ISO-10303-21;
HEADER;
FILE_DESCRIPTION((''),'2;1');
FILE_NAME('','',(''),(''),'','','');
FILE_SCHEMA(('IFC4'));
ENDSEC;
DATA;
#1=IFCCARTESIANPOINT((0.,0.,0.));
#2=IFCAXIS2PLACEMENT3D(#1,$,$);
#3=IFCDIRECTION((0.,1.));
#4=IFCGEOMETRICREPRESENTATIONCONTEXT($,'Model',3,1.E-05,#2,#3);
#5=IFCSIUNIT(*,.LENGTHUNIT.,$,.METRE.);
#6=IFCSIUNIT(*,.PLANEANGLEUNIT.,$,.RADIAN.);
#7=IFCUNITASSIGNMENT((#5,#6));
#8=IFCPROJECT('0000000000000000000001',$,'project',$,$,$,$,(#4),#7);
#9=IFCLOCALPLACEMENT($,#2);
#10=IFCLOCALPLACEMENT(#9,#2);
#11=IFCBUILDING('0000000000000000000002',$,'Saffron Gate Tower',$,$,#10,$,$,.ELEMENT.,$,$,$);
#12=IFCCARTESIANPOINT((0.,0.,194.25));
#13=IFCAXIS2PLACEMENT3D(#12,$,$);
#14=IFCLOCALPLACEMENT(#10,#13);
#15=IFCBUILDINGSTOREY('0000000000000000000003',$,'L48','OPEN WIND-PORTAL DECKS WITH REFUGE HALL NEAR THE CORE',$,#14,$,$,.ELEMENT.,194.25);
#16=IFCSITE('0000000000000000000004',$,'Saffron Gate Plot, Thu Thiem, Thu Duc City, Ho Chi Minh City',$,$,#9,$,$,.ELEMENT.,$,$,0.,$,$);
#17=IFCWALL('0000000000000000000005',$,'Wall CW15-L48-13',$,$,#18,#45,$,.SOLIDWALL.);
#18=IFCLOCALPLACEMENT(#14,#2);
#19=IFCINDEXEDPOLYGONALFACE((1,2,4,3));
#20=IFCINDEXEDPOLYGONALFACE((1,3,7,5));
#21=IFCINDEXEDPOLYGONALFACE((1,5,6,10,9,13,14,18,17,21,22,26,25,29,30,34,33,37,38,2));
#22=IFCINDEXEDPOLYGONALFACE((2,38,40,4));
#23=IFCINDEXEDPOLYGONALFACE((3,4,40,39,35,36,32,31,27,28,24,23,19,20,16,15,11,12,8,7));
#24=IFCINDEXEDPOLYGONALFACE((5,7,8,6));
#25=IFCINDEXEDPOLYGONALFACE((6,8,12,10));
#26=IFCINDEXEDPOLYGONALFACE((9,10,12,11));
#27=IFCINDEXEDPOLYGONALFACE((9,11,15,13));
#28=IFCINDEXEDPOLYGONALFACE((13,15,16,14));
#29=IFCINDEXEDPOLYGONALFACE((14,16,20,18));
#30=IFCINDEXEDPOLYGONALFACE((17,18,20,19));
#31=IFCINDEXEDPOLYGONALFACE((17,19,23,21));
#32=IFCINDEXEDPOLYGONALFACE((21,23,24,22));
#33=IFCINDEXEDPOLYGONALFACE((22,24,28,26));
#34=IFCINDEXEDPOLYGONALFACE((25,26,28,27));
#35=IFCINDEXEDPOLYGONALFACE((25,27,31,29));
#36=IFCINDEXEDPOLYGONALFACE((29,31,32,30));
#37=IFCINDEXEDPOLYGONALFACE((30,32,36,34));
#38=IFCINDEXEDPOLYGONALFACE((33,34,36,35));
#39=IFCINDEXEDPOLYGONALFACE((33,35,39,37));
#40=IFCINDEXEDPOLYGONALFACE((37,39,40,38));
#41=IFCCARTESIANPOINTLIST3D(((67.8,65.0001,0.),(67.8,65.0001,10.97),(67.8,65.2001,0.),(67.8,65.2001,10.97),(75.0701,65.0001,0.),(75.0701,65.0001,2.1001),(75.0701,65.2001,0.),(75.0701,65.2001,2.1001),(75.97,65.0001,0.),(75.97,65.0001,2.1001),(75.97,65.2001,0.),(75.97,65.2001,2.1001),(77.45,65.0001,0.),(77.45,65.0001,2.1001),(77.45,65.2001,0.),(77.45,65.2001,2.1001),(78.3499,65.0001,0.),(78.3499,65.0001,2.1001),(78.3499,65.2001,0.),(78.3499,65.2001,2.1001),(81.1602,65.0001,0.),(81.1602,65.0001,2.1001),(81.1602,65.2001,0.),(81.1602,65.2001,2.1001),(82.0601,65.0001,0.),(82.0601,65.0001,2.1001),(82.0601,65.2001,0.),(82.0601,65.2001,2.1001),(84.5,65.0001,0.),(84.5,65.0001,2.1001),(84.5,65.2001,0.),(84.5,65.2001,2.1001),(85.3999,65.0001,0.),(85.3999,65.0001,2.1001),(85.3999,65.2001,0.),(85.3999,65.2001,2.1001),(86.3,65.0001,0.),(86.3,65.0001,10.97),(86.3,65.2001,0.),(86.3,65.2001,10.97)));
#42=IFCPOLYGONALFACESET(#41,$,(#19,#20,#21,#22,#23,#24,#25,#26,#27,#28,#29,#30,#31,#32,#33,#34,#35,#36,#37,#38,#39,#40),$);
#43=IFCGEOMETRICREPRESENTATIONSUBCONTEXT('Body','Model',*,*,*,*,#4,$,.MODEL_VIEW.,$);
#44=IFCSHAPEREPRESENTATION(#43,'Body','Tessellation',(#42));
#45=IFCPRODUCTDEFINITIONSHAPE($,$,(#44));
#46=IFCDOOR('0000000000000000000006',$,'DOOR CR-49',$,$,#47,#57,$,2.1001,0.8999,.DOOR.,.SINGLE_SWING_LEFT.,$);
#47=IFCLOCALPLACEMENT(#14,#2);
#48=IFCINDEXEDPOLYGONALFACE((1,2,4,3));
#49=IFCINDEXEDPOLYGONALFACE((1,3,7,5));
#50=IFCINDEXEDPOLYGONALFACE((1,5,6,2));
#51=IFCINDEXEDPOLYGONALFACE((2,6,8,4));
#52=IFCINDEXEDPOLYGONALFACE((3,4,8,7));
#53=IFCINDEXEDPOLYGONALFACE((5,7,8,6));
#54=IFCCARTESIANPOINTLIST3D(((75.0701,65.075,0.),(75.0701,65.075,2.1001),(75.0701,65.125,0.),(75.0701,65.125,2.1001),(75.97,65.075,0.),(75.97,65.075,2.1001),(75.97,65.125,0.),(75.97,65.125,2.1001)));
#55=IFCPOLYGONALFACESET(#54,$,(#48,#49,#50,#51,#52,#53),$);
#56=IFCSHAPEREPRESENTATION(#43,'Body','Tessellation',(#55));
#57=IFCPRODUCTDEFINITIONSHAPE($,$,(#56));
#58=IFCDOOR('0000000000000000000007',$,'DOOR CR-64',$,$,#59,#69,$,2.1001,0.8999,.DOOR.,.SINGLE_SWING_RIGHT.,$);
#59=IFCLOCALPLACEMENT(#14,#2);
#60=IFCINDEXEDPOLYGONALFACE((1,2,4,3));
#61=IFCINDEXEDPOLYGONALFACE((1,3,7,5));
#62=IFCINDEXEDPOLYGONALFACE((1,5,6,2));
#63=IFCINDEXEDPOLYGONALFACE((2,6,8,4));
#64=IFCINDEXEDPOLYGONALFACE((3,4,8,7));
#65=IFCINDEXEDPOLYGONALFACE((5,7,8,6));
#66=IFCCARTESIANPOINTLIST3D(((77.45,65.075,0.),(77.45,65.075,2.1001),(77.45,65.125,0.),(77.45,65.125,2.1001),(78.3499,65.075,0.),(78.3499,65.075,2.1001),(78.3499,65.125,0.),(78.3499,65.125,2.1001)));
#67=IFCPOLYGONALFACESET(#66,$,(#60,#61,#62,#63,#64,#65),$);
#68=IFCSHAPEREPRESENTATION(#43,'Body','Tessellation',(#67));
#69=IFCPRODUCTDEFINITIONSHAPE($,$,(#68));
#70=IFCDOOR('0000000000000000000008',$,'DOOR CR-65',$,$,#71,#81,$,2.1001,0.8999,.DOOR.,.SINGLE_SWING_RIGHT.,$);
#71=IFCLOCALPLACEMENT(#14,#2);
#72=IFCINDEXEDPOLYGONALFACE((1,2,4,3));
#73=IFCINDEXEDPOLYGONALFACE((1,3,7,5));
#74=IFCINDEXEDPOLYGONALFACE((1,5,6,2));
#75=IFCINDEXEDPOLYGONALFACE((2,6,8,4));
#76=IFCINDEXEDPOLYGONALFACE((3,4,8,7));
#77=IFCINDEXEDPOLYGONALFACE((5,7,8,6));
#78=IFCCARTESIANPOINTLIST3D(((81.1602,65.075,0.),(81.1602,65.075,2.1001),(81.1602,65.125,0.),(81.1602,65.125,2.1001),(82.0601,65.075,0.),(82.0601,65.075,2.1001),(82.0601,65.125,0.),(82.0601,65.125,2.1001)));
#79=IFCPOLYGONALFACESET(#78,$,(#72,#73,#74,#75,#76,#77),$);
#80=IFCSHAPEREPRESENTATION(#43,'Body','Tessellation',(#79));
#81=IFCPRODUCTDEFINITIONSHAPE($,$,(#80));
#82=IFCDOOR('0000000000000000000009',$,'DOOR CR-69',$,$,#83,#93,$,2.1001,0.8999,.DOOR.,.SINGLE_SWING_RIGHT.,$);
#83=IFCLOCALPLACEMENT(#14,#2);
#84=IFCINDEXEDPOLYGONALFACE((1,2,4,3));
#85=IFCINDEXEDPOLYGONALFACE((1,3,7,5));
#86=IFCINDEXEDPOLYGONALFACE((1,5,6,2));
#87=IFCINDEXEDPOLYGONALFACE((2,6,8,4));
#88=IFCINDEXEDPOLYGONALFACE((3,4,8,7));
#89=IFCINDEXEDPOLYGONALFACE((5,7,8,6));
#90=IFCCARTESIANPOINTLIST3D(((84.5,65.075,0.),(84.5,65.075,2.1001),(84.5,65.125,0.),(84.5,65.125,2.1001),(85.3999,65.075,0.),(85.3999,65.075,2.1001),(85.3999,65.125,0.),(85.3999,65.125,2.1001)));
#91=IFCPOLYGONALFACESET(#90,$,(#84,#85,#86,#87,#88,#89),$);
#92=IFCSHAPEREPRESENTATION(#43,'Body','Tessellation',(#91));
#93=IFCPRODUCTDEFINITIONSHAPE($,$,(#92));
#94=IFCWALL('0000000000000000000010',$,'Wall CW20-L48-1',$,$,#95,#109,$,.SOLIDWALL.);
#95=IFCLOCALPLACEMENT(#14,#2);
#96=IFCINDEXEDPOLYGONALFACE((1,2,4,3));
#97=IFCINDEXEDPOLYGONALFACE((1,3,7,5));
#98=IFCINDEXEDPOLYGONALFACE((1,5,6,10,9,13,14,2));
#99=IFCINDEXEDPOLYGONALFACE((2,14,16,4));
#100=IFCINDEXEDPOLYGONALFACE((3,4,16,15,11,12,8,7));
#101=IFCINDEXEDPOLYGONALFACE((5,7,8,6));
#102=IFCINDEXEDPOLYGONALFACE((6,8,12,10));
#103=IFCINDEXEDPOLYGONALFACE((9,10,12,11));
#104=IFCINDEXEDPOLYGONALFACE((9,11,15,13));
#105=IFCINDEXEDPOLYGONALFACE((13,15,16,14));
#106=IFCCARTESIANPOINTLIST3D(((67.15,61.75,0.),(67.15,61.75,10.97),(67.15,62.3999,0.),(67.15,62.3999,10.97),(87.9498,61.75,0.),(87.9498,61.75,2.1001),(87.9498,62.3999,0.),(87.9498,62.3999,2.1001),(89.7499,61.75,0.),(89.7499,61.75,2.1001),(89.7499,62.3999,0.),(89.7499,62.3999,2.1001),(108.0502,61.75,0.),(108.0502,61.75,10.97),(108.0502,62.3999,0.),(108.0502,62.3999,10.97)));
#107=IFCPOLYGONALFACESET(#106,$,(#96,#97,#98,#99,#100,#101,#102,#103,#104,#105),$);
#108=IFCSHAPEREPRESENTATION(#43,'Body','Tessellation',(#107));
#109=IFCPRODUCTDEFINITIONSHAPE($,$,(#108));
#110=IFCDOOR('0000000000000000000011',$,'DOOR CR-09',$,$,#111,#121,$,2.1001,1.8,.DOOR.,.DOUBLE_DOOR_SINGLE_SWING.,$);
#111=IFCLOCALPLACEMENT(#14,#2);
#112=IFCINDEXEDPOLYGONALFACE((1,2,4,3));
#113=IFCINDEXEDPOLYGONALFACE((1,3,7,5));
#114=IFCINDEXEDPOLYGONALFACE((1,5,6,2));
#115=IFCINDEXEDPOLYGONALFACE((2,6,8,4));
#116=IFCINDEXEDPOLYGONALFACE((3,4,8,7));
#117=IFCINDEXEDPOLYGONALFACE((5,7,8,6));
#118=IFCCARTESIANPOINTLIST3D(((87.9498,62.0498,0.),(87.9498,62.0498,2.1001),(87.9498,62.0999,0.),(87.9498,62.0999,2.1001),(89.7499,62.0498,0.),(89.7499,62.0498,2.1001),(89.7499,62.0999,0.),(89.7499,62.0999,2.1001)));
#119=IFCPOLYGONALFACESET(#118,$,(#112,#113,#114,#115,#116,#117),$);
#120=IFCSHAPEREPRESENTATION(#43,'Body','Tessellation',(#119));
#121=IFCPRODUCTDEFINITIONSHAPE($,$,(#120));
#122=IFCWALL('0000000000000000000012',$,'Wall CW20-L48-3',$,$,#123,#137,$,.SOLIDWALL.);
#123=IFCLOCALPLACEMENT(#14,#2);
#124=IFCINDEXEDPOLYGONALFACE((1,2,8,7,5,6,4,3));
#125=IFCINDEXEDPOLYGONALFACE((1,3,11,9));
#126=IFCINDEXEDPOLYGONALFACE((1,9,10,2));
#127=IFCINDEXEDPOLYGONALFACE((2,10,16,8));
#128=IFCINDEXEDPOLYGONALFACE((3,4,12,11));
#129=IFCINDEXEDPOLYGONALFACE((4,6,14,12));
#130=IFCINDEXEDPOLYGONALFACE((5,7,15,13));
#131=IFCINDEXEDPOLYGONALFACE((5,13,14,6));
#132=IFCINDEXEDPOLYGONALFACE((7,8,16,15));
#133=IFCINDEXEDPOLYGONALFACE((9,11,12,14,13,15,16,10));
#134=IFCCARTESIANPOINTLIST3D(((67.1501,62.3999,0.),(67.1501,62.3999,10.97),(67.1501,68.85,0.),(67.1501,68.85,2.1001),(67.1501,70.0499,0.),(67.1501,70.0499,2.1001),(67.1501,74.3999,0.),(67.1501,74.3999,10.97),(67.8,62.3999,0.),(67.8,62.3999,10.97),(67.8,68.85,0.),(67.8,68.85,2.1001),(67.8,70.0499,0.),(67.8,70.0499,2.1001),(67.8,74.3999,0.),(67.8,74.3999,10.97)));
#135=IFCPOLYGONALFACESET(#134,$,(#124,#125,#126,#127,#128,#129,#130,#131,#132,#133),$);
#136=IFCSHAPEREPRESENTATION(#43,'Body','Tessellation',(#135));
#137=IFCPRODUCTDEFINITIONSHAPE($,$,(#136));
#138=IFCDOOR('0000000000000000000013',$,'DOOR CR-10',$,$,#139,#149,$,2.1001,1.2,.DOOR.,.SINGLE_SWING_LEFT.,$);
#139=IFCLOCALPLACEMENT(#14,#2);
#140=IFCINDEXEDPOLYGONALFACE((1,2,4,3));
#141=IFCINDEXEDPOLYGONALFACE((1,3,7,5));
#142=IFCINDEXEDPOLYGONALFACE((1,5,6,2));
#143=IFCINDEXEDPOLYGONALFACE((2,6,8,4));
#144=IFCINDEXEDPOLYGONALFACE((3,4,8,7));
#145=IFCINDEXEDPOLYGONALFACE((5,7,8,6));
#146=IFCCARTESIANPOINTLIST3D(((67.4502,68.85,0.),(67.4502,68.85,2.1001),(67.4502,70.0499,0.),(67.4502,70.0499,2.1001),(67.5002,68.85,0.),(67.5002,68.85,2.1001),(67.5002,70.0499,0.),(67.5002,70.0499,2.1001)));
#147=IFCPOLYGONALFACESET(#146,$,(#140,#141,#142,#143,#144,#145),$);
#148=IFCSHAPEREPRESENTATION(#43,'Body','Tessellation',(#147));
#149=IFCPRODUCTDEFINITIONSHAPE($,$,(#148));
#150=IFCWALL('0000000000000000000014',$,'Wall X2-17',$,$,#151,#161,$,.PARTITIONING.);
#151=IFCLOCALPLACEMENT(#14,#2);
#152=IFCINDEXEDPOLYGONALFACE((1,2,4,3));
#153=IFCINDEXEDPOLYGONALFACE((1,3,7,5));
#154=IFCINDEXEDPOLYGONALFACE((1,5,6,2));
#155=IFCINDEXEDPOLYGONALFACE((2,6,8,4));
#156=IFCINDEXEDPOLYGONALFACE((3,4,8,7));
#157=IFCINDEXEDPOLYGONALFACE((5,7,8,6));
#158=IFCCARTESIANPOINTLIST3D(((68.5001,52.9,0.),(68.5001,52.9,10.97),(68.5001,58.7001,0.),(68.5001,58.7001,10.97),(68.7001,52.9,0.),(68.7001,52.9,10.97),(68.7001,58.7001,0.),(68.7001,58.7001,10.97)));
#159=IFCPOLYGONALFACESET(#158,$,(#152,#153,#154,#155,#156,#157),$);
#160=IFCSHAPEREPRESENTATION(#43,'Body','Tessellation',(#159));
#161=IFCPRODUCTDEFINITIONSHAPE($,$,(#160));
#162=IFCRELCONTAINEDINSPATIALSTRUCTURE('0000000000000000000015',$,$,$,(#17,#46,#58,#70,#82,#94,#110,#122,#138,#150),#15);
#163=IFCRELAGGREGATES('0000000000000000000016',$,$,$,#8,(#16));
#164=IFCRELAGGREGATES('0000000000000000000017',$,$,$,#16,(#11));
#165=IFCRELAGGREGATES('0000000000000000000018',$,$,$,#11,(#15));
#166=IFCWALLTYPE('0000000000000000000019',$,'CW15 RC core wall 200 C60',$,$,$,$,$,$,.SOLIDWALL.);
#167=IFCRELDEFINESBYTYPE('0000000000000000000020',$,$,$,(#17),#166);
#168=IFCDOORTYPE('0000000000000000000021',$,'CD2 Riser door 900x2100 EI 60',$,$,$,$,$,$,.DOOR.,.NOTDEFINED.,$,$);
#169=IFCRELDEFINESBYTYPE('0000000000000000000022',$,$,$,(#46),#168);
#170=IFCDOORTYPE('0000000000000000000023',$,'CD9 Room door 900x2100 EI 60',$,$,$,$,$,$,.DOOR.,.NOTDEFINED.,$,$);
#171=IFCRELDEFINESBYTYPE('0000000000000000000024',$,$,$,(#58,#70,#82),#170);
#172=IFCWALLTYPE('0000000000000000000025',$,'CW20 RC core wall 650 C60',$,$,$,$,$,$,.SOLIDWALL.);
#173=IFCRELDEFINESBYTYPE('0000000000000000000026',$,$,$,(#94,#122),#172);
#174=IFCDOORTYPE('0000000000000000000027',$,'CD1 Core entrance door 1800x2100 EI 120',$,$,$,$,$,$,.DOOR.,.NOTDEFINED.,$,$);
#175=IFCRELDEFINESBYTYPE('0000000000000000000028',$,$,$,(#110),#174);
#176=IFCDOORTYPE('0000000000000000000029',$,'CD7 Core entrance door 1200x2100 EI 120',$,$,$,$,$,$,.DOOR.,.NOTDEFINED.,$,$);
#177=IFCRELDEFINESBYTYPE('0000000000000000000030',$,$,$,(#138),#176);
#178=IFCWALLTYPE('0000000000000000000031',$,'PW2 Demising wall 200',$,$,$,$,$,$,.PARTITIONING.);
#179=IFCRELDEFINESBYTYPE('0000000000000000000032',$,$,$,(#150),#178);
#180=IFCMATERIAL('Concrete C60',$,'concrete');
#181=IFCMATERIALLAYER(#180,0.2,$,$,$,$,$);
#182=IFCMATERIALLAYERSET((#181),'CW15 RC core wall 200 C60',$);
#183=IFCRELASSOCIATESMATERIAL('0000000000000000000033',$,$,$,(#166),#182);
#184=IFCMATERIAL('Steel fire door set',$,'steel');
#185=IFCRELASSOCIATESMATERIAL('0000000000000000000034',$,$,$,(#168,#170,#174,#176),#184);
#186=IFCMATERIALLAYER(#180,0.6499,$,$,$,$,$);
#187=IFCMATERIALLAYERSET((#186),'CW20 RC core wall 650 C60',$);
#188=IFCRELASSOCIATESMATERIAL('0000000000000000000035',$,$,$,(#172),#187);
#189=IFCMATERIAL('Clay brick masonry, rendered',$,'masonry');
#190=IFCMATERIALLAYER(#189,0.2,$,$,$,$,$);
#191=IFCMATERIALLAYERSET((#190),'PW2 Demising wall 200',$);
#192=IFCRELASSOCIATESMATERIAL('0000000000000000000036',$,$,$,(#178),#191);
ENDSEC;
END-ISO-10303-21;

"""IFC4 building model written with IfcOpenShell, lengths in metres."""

from ifc_helpers import new_model, si_unit, direction, frame, frame_2d, origin, place, context, subcontext, project, spatial, rectangle, extrude, material, layer, layer_set, type_object, element, fill, save


model = new_model("IFC4")

# Units and contexts
model_context = context("Model", 3, precision=1e-05, world=origin(), true_north=direction((0.0, 1.0)))
body_context = subcontext(model_context, "Body", "Model", "MODEL_VIEW")
ifc_project = project(units=[si_unit("LENGTHUNIT", "METRE"), si_unit("PLANEANGLEUNIT", "RADIAN")], contexts=[model_context])

# Site, building, storey
site_placement = place(None, origin())
site = spatial("IfcSite", under=ifc_project, at=site_placement, Name="Saffron Gate Plot, Thu Thiem, Thu Duc City, Ho Chi Minh City", CompositionType="ELEMENT", RefElevation=0.0)
building_placement = place(site_placement, origin())
building = spatial("IfcBuilding", under=site, at=building_placement, Name="Saffron Gate Tower", CompositionType="ELEMENT")
storey_placement = place(building_placement, frame((0.0, 0.0, 194.25)))
storey = spatial("IfcBuildingStorey", under=building, at=storey_placement, Name="L48", Description="OPEN WIND-PORTAL DECKS WITH REFUGE HALL NEAR THE CORE", CompositionType="ELEMENT", Elevation=194.25)

# Wall, openings, doors
ifc_material_1 = material(Name="Concrete C60", Category="concrete")
ifc_layer_1 = layer(ifc_material_1, 0.2)
ifc_layer_set_1 = layer_set([ifc_layer_1], Name="CW15 RC core wall 200 C60")
wall_type_1 = type_object("IfcWallType", Name="CW15 RC core wall 200 C60", PredefinedType="SOLIDWALL", material=ifc_layer_set_1)
wall_1_placement = place(storey_placement, frame((67.8, 65.1001, 0.0), z_axis=(0.0, 0.0, 1.0), x_axis=(1.0, 0.0, 0.0)))
wall_1 = element("IfcWall", 1, at=wall_1_placement, inside=storey, type_object=wall_type_1, Name="Wall CW15-L48-13", PredefinedType="SOLIDWALL", context=body_context, shape_type="SweptSolid", body=[
    extrude(rectangle(XDim=18.5, YDim=0.2, at=frame_2d((9.25, 0.0))), origin(), (0.0, 0.0, 1.0), 10.97),
])
opening_1_placement = place(wall_1_placement, frame((7.27, 0.0, 0.0)))
opening_1 = element("IfcOpeningElement", 2, at=opening_1_placement, cuts=wall_1, PredefinedType="OPENING", context=body_context, shape_type="SweptSolid", body=[
    extrude(rectangle(XDim=0.8999, YDim=2.1001, at=frame_2d((0.45, 1.05))), frame((0.0, 0.1099, 0.0), z_axis=(0.0, -1.0, 0.0), x_axis=(1.0, 0.0, 0.0)), (0.0, 0.0, 1.0), 0.22),
])
opening_2_placement = place(wall_1_placement, frame((9.6499, 0.0, 0.0)))
opening_2 = element("IfcOpeningElement", 3, at=opening_2_placement, cuts=wall_1, PredefinedType="OPENING", context=body_context, shape_type="SweptSolid", body=[
    extrude(rectangle(XDim=0.8999, YDim=2.1001, at=frame_2d((0.45, 1.05))), frame((0.0, 0.1099, 0.0), z_axis=(0.0, -1.0, 0.0), x_axis=(1.0, 0.0, 0.0)), (0.0, 0.0, 1.0), 0.22),
])
opening_3_placement = place(wall_1_placement, frame((13.3601, 0.0, 0.0)))
opening_3 = element("IfcOpeningElement", 4, at=opening_3_placement, cuts=wall_1, PredefinedType="OPENING", context=body_context, shape_type="SweptSolid", body=[
    extrude(rectangle(XDim=0.8999, YDim=2.1001, at=frame_2d((0.45, 1.05))), frame((0.0, 0.1099, 0.0), z_axis=(0.0, -1.0, 0.0), x_axis=(1.0, 0.0, 0.0)), (0.0, 0.0, 1.0), 0.22),
])
opening_4_placement = place(wall_1_placement, frame((16.7, 0.0, 0.0)))
opening_4 = element("IfcOpeningElement", 5, at=opening_4_placement, cuts=wall_1, PredefinedType="OPENING", context=body_context, shape_type="SweptSolid", body=[
    extrude(rectangle(XDim=0.8999, YDim=2.1001, at=frame_2d((0.45, 1.05))), frame((0.0, 0.1099, 0.0), z_axis=(0.0, -1.0, 0.0), x_axis=(1.0, 0.0, 0.0)), (0.0, 0.0, 1.0), 0.22),
])
ifc_material_2 = material(Name="Steel fire door set", Category="steel")
door_type_1 = type_object("IfcDoorType", Name="CD2 Riser door 900x2100 EI 60", OperationType="NOTDEFINED", PredefinedType="DOOR", material=ifc_material_2)
door_1_placement = place(opening_1_placement, origin())
door_1 = element("IfcDoor", 6, at=door_1_placement, inside=storey, type_object=door_type_1, Name="DOOR CR-49", OperationType="SINGLE_SWING_LEFT", OverallHeight=2.1001, OverallWidth=0.8999, PredefinedType="DOOR", context=body_context, shape_type="SweptSolid", body=[
    extrude(rectangle(XDim=0.8999, YDim=2.1001, at=frame_2d((0.45, 1.05))), frame((0.0, 0.0249, 0.0), z_axis=(0.0, -1.0, 0.0), x_axis=(1.0, 0.0, 0.0)), (0.0, 0.0, 1.0), 0.05),
])
fill(opening_1, door_1)
door_type_2 = type_object("IfcDoorType", Name="CD9 Room door 900x2100 EI 60", OperationType="NOTDEFINED", PredefinedType="DOOR", material=ifc_material_2)
door_2_placement = place(opening_2_placement, origin())
door_2 = element("IfcDoor", 7, at=door_2_placement, inside=storey, type_object=door_type_2, Name="DOOR CR-64", OperationType="SINGLE_SWING_RIGHT", OverallHeight=2.1001, OverallWidth=0.8999, PredefinedType="DOOR", context=body_context, shape_type="SweptSolid", body=[
    extrude(rectangle(XDim=0.8999, YDim=2.1001, at=frame_2d((0.45, 1.05))), frame((0.0, 0.0249, 0.0), z_axis=(0.0, -1.0, 0.0), x_axis=(1.0, 0.0, 0.0)), (0.0, 0.0, 1.0), 0.05),
])
fill(opening_2, door_2)
door_3_placement = place(opening_3_placement, origin())
door_3 = element("IfcDoor", 8, at=door_3_placement, inside=storey, type_object=door_type_2, Name="DOOR CR-65", OperationType="SINGLE_SWING_RIGHT", OverallHeight=2.1001, OverallWidth=0.8999, PredefinedType="DOOR", context=body_context, shape_type="SweptSolid", body=[
    extrude(rectangle(XDim=0.8999, YDim=2.1001, at=frame_2d((0.45, 1.05))), frame((0.0, 0.0249, 0.0), z_axis=(0.0, -1.0, 0.0), x_axis=(1.0, 0.0, 0.0)), (0.0, 0.0, 1.0), 0.05),
])
fill(opening_3, door_3)
door_4_placement = place(opening_4_placement, origin())
door_4 = element("IfcDoor", 9, at=door_4_placement, inside=storey, type_object=door_type_2, Name="DOOR CR-69", OperationType="SINGLE_SWING_RIGHT", OverallHeight=2.1001, OverallWidth=0.8999, PredefinedType="DOOR", context=body_context, shape_type="SweptSolid", body=[
    extrude(rectangle(XDim=0.8999, YDim=2.1001, at=frame_2d((0.45, 1.05))), frame((0.0, 0.0249, 0.0), z_axis=(0.0, -1.0, 0.0), x_axis=(1.0, 0.0, 0.0)), (0.0, 0.0, 1.0), 0.05),
])
fill(opening_4, door_4)

# Walls, openings, doors
ifc_layer_2 = layer(ifc_material_1, 0.6499)
ifc_layer_set_2 = layer_set([ifc_layer_2], Name="CW20 RC core wall 650 C60")
wall_type_2 = type_object("IfcWallType", Name="CW20 RC core wall 650 C60", PredefinedType="SOLIDWALL", material=ifc_layer_set_2)
wall_2_placement = place(storey_placement, frame((67.1499, 62.075, 0.0), z_axis=(0.0, 0.0, 1.0), x_axis=(1.0, 0.0, 0.0)))
wall_2 = element("IfcWall", 10, at=wall_2_placement, inside=storey, type_object=wall_type_2, Name="Wall CW20-L48-1", PredefinedType="SOLIDWALL", context=body_context, shape_type="SweptSolid", body=[
    extrude(rectangle(XDim=40.9001, YDim=0.6499, at=frame_2d((20.4502, 0.0))), origin(), (0.0, 0.0, 1.0), 10.97),
])
opening_5_placement = place(wall_2_placement, frame((20.8, 0.0, 0.0)))
opening_5 = element("IfcOpeningElement", 11, at=opening_5_placement, cuts=wall_2, PredefinedType="OPENING", context=body_context, shape_type="SweptSolid", body=[
    extrude(rectangle(XDim=1.8, YDim=2.1001, at=frame_2d((0.8999, 1.05))), frame((0.0, 0.335, 0.0), z_axis=(0.0, -1.0, 0.0), x_axis=(1.0, 0.0, 0.0)), (0.0, 0.0, 1.0), 0.6699),
])
door_type_3 = type_object("IfcDoorType", Name="CD1 Core entrance door 1800x2100 EI 120", OperationType="NOTDEFINED", PredefinedType="DOOR", material=ifc_material_2)
door_5_placement = place(opening_5_placement, origin())
door_5 = element("IfcDoor", 12, at=door_5_placement, inside=storey, type_object=door_type_3, Name="DOOR CR-09", OperationType="DOUBLE_DOOR_SINGLE_SWING", OverallHeight=2.1001, OverallWidth=1.8, PredefinedType="DOOR", context=body_context, shape_type="SweptSolid", body=[
    extrude(rectangle(XDim=1.8, YDim=2.1001, at=frame_2d((0.8999, 1.05))), frame((0.0, 0.0249, 0.0), z_axis=(0.0, -1.0, 0.0), x_axis=(1.0, 0.0, 0.0)), (0.0, 0.0, 1.0), 0.05),
])
fill(opening_5, door_5)
wall_3_placement = place(storey_placement, frame((67.4751, 62.3999, 0.0), z_axis=(0.0, 0.0, 1.0), x_axis=(0.0, 1.0, 0.0)))
wall_3 = element("IfcWall", 13, at=wall_3_placement, inside=storey, type_object=wall_type_2, Name="Wall CW20-L48-3", PredefinedType="SOLIDWALL", context=body_context, shape_type="SweptSolid", body=[
    extrude(rectangle(XDim=12.0, YDim=0.6499, at=frame_2d((6.0, 0.0))), origin(), (0.0, 0.0, 1.0), 10.97),
])
opening_6_placement = place(wall_3_placement, frame((6.45, 0.0, 0.0)))
opening_6 = element("IfcOpeningElement", 14, at=opening_6_placement, cuts=wall_3, PredefinedType="OPENING", context=body_context, shape_type="SweptSolid", body=[
    extrude(rectangle(XDim=1.2, YDim=2.1001, at=frame_2d((0.6001, 1.05))), frame((0.0, 0.335, 0.0), z_axis=(0.0, -1.0, 0.0), x_axis=(1.0, 0.0, 0.0)), (0.0, 0.0, 1.0), 0.6699),
])
door_type_4 = type_object("IfcDoorType", Name="CD7 Core entrance door 1200x2100 EI 120", OperationType="NOTDEFINED", PredefinedType="DOOR", material=ifc_material_2)
door_6_placement = place(opening_6_placement, origin())
door_6 = element("IfcDoor", 15, at=door_6_placement, inside=storey, type_object=door_type_4, Name="DOOR CR-10", OperationType="SINGLE_SWING_LEFT", OverallHeight=2.1001, OverallWidth=1.2, PredefinedType="DOOR", context=body_context, shape_type="SweptSolid", body=[
    extrude(rectangle(XDim=1.2, YDim=2.1001, at=frame_2d((0.6001, 1.05))), frame((0.0, 0.0249, 0.0), z_axis=(0.0, -1.0, 0.0), x_axis=(1.0, 0.0, 0.0)), (0.0, 0.0, 1.0), 0.05),
])
fill(opening_6, door_6)

# Wall
ifc_material_3 = material(Name="Clay brick masonry, rendered", Category="masonry")
ifc_layer_3 = layer(ifc_material_3, 0.2)
ifc_layer_set_3 = layer_set([ifc_layer_3], Name="PW2 Demising wall 200")
wall_type_3 = type_object("IfcWallType", Name="PW2 Demising wall 200", PredefinedType="PARTITIONING", material=ifc_layer_set_3)
wall_4_placement = place(storey_placement, frame((68.6001, 58.7, 0.0), z_axis=(0.0, 0.0, 1.0), x_axis=(0.0, -1.0, 0.0)))
element("IfcWall", 16, at=wall_4_placement, inside=storey, type_object=wall_type_3, Name="Wall X2-17", PredefinedType="PARTITIONING", context=body_context, shape_type="SweptSolid", body=[
    extrude(rectangle(XDim=5.8, YDim=0.2, at=frame_2d((2.8999, 0.0))), origin(), (0.0, 0.0, 1.0), 10.97),
])

save(model, "model.ifc")
